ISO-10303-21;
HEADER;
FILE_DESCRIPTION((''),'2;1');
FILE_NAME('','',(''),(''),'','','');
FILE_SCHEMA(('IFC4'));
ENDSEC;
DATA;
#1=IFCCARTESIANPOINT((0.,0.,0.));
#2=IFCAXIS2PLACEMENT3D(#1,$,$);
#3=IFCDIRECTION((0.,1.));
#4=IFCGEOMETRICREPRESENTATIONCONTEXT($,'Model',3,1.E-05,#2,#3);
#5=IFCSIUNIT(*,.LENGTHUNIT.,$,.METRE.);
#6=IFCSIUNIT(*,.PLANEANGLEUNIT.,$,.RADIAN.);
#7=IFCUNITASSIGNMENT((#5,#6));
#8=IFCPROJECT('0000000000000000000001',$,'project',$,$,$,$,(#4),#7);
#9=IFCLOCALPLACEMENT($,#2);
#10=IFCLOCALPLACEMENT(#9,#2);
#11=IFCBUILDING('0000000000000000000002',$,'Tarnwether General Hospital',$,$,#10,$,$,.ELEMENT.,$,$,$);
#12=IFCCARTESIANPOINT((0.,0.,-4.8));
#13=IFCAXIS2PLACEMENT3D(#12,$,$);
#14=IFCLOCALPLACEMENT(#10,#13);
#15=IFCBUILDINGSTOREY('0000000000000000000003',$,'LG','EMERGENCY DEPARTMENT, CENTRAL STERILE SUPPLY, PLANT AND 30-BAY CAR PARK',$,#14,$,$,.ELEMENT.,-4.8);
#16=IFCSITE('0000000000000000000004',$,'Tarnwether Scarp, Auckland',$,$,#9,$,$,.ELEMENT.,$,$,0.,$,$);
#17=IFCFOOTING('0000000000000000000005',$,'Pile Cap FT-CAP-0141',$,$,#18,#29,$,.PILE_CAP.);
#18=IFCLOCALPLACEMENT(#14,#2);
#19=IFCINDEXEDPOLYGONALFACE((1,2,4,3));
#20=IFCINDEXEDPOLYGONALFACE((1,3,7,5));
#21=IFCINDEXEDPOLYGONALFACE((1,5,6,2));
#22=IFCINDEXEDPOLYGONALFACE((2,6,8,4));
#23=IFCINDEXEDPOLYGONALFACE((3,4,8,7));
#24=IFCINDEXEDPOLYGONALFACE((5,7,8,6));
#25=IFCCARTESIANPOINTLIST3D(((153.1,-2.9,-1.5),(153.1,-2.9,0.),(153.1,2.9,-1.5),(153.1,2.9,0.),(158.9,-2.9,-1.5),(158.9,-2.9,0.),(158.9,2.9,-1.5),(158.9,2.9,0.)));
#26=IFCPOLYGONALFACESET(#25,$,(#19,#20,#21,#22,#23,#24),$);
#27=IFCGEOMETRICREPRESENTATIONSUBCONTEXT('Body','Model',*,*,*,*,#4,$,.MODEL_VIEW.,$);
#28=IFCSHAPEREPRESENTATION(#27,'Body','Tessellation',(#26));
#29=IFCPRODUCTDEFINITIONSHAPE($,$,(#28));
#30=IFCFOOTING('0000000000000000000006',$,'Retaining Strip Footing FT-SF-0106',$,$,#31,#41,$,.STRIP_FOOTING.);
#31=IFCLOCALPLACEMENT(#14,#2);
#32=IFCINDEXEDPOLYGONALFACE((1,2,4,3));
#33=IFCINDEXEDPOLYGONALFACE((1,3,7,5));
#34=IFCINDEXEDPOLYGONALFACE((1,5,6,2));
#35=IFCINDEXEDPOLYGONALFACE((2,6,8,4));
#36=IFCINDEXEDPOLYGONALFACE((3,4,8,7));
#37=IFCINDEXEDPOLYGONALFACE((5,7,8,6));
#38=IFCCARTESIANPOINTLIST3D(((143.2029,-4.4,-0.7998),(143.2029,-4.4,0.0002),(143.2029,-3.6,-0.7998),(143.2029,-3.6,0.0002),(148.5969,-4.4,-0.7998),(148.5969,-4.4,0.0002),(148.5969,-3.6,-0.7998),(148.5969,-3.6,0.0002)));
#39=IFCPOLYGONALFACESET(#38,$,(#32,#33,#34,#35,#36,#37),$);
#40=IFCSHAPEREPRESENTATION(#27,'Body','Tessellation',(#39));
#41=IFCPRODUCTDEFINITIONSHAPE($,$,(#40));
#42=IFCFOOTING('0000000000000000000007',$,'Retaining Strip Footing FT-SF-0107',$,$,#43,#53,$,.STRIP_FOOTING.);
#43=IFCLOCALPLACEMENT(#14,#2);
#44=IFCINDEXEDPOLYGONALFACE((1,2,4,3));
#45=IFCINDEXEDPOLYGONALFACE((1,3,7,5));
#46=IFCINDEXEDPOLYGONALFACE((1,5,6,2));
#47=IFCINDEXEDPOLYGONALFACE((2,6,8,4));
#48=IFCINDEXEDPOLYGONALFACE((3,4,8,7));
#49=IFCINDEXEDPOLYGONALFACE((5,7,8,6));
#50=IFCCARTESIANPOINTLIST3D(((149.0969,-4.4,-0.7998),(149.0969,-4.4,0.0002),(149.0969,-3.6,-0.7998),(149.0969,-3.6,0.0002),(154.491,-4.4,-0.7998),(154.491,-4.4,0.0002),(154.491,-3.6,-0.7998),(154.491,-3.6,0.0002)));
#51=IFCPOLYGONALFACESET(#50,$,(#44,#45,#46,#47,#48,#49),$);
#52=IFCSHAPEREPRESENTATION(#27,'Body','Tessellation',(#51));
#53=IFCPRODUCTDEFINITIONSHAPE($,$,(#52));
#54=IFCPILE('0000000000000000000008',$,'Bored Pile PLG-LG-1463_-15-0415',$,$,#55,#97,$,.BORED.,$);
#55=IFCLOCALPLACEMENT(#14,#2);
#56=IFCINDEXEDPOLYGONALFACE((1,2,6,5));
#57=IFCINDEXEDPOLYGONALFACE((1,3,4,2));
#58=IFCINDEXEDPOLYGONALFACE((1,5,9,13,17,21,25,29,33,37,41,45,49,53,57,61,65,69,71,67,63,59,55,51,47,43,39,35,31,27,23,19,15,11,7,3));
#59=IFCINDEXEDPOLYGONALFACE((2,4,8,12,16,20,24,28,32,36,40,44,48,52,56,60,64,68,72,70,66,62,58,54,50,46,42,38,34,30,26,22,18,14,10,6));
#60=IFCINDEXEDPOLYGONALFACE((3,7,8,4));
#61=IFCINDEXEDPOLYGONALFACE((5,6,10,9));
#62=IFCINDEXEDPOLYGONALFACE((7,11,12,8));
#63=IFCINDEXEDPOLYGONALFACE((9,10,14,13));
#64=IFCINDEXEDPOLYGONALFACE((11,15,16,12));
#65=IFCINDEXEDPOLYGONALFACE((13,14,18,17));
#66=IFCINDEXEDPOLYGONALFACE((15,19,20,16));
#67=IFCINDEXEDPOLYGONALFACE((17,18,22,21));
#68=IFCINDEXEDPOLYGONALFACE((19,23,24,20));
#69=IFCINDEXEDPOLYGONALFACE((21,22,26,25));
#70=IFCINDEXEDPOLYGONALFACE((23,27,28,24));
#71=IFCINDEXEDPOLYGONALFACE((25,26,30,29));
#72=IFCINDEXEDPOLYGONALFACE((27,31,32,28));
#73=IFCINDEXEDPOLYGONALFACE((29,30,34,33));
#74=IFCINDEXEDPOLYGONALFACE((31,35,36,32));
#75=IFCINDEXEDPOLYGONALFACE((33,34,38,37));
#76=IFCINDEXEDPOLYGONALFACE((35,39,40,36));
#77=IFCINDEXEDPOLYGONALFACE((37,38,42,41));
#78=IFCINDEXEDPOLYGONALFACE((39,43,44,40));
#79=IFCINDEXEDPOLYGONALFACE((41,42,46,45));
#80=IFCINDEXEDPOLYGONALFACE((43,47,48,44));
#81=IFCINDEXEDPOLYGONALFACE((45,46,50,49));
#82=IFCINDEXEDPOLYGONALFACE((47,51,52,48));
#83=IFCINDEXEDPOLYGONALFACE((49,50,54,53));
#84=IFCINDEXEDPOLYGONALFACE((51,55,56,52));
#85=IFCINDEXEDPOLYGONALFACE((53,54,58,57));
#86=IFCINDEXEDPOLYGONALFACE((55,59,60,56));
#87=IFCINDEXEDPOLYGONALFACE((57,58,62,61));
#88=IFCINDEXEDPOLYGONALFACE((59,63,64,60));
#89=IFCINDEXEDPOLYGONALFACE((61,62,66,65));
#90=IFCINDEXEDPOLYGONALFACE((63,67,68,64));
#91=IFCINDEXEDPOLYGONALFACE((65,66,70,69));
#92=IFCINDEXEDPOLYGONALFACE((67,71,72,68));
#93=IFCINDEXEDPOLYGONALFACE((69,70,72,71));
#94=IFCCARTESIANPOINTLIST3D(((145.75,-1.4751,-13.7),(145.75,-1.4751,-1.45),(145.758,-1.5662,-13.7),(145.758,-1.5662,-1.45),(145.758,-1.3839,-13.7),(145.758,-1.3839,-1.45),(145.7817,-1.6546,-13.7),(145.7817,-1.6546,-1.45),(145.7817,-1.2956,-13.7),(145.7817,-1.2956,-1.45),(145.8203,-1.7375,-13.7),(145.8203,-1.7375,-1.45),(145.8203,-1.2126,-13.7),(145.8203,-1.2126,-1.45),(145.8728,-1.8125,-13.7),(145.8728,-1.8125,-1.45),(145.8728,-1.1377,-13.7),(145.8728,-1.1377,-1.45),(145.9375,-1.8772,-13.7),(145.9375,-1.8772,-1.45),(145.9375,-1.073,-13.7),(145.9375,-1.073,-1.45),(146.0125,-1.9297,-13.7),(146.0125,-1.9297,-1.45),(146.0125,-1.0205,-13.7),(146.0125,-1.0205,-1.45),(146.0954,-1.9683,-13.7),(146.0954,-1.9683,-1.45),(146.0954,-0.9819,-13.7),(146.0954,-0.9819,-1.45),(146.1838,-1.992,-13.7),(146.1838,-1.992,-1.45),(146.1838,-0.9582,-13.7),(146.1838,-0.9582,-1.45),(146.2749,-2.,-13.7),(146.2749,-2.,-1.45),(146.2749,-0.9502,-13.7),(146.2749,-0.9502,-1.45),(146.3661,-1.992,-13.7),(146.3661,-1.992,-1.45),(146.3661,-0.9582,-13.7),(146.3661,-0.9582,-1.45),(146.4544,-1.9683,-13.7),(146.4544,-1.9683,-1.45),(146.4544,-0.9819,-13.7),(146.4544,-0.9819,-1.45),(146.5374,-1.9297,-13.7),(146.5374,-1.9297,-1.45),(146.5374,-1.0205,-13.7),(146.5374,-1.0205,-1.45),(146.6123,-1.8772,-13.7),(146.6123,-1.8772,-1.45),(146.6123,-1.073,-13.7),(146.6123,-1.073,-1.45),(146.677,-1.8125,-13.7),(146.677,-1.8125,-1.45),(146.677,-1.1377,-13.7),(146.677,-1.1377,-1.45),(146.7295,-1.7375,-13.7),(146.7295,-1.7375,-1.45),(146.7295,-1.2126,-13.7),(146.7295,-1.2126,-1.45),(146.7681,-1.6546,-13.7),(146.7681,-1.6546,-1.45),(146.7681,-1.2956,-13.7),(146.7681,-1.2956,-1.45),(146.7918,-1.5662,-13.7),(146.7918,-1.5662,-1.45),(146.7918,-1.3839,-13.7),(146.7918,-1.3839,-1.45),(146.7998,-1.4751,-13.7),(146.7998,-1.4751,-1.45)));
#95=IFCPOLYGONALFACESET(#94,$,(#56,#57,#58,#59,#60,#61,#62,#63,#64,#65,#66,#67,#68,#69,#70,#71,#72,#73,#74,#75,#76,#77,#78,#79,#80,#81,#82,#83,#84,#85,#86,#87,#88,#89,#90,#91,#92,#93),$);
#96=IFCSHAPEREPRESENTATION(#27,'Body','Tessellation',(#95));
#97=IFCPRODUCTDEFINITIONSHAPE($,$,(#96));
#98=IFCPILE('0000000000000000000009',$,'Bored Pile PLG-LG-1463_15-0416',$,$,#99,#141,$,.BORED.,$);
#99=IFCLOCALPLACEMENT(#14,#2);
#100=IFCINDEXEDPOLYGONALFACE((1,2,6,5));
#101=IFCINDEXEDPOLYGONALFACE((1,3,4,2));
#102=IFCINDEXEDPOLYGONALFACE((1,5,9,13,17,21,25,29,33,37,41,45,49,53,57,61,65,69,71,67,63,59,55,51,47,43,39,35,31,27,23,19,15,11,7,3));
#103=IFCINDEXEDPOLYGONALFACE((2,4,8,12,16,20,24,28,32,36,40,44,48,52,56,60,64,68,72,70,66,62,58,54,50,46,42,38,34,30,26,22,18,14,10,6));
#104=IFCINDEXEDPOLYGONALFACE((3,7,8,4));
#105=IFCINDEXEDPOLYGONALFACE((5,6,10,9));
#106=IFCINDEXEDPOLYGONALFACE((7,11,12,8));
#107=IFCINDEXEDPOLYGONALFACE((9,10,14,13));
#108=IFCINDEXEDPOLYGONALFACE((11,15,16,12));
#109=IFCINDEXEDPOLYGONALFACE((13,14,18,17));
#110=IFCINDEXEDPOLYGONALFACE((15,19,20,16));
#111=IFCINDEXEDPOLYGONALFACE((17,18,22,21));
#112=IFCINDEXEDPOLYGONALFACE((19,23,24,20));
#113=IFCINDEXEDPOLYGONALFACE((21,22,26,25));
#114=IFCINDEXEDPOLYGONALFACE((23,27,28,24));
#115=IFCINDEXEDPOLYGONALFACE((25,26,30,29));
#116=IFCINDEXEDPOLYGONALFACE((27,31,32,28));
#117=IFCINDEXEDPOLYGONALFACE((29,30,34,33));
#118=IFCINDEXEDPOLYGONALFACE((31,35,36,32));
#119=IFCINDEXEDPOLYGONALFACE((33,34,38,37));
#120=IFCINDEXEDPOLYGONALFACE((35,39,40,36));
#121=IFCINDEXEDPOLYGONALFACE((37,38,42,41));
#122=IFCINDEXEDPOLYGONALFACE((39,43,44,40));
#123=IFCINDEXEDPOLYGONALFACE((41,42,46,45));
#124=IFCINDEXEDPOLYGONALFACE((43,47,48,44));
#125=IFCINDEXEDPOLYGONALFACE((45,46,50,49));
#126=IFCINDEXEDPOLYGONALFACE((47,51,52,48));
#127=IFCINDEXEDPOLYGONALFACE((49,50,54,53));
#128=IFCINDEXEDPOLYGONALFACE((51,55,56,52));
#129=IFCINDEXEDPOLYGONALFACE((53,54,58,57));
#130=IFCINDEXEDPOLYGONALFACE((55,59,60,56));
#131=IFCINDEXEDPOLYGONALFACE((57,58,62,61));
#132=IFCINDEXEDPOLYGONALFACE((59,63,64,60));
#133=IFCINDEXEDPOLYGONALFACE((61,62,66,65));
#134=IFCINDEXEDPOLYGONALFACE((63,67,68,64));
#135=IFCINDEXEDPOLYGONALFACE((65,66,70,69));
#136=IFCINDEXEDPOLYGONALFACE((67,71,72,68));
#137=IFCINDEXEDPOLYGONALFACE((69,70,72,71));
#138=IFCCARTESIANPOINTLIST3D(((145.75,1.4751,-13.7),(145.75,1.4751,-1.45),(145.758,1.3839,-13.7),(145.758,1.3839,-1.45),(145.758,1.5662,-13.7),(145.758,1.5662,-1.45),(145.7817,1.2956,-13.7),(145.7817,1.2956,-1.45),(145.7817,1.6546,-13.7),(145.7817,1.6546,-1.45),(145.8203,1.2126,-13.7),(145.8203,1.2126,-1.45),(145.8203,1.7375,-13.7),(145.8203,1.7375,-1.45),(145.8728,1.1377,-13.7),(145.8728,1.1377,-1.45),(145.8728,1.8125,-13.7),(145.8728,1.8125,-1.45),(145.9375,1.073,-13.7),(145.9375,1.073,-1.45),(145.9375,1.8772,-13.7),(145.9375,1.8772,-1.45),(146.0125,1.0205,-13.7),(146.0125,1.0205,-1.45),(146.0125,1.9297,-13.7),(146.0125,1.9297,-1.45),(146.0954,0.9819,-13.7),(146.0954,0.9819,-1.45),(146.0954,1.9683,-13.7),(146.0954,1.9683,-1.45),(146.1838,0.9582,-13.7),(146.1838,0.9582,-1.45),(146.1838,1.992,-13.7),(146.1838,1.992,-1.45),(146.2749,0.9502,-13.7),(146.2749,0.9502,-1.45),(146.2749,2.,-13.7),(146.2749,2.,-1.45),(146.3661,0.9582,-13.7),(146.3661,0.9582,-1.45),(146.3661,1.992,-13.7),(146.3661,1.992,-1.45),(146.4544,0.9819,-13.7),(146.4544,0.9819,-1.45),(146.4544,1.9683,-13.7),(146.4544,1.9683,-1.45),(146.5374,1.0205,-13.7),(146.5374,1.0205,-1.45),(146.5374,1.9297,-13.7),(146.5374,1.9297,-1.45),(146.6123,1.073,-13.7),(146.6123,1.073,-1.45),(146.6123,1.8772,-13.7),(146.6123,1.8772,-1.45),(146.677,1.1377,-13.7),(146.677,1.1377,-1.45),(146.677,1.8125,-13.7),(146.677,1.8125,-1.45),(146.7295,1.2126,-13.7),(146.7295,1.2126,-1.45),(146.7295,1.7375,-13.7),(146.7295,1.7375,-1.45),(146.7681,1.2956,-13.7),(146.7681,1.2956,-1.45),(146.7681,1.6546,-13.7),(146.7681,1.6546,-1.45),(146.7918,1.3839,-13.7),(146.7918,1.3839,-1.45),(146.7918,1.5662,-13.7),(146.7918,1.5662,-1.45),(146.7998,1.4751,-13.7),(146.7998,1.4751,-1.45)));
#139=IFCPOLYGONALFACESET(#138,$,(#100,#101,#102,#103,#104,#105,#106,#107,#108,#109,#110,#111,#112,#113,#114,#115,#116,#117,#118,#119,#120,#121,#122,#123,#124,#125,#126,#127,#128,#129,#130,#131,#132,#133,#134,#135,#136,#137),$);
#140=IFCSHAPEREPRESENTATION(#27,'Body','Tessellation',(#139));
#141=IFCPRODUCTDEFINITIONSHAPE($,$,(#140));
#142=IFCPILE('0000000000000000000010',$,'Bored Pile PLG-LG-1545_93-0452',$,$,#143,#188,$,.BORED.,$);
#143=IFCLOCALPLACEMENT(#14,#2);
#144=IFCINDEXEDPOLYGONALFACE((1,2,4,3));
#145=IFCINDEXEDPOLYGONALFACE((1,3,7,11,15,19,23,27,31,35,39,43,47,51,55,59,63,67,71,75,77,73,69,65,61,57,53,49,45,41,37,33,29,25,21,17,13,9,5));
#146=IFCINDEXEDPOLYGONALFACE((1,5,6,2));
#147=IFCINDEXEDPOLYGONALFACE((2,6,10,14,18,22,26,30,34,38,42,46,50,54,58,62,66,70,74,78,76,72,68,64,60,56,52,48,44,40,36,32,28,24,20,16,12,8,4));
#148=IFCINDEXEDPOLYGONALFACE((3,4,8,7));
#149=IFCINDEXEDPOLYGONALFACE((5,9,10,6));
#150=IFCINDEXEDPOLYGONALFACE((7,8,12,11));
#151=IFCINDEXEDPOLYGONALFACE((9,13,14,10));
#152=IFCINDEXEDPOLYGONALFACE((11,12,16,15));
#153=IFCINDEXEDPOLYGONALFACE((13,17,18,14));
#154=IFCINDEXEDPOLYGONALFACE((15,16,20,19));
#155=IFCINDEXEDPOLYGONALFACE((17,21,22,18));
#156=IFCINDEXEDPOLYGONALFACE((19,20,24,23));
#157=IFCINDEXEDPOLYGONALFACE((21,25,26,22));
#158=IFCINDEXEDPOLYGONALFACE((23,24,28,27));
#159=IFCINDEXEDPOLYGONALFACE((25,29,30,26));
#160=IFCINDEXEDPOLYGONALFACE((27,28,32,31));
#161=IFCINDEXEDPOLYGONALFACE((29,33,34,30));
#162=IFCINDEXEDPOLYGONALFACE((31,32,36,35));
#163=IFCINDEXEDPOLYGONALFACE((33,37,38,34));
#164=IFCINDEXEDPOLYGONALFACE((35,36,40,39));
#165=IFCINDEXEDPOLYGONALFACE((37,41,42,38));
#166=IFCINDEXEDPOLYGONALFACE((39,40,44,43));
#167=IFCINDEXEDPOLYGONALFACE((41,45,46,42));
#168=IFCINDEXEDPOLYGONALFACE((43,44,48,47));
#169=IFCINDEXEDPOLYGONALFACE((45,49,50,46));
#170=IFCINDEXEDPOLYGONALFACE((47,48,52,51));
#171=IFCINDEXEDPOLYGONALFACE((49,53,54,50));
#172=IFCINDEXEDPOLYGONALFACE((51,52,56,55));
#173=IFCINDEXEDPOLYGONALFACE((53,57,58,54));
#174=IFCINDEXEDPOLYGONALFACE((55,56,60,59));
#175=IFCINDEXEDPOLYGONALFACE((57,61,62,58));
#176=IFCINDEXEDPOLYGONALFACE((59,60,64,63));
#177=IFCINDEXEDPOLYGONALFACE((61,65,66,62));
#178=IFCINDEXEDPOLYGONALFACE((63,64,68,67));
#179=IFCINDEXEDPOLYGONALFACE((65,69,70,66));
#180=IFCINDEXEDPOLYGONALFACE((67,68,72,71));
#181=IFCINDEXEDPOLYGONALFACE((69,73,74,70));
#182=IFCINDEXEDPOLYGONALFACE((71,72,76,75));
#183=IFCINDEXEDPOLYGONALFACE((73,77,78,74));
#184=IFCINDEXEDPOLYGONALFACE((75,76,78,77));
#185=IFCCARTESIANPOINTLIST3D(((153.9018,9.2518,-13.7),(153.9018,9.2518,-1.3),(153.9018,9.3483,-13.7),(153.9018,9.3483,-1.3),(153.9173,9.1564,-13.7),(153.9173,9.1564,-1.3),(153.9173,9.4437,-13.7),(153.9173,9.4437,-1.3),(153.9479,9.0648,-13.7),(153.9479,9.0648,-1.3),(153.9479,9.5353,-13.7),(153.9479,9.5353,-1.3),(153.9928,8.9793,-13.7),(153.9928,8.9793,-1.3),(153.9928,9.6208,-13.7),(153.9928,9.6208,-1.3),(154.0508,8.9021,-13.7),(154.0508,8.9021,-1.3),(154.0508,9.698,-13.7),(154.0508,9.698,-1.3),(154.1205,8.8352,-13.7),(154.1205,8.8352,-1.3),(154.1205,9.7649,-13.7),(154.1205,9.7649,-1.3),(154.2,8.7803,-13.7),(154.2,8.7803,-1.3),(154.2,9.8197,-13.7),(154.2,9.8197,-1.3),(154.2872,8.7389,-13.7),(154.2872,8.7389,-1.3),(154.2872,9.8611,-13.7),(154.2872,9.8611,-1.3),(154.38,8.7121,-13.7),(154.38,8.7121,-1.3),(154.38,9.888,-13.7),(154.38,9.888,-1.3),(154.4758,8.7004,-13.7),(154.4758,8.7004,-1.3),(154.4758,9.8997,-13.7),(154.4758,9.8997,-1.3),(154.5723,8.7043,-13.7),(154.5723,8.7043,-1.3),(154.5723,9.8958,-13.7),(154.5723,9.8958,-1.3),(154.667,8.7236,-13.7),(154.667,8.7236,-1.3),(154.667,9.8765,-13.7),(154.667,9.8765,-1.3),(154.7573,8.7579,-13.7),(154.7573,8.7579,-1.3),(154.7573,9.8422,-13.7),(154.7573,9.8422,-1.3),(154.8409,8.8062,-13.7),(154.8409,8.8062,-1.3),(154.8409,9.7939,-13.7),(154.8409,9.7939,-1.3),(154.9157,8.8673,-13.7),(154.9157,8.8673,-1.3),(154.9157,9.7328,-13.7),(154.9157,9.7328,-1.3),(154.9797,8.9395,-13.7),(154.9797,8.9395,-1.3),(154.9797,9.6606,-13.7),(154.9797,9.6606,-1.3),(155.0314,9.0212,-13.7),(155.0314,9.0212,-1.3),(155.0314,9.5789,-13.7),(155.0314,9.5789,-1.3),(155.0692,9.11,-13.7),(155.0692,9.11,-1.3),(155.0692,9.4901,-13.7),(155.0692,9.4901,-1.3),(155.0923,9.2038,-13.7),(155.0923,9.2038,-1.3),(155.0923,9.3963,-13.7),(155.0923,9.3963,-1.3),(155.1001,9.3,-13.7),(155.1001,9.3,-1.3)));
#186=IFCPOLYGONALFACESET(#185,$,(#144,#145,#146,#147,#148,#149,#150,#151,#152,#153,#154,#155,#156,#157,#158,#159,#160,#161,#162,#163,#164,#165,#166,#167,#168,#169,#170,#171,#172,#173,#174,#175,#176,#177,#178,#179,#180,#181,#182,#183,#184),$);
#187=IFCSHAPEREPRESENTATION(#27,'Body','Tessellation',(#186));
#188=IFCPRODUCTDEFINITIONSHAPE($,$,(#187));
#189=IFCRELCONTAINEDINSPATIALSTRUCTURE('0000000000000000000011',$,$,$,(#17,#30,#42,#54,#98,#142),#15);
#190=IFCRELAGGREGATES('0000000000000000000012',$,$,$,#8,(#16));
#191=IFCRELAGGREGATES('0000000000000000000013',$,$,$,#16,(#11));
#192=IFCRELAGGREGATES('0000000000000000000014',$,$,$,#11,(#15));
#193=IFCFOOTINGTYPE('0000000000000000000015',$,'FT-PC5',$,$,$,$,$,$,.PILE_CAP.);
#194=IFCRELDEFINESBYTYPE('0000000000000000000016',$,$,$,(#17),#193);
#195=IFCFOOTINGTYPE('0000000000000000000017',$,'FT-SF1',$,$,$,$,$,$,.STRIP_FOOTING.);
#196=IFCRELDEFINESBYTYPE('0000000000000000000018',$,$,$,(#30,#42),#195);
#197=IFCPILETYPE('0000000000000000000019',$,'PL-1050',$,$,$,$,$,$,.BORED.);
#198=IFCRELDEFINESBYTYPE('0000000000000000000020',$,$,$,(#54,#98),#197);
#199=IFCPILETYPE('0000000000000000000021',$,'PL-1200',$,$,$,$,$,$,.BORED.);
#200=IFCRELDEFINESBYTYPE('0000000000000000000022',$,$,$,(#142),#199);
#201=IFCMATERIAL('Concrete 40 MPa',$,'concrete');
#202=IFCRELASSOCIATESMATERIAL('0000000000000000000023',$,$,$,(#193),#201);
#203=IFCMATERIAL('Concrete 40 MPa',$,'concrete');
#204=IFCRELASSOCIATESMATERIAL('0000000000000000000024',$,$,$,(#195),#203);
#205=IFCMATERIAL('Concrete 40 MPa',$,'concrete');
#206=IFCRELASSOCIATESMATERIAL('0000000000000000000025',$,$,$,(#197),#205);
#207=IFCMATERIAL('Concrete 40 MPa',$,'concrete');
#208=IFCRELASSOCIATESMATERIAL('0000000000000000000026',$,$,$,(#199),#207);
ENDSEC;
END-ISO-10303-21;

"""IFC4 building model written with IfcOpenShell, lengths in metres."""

from ifc_helpers import new_model, si_unit, direction, frame, origin, origin_2d, place, context, subcontext, project, spatial, rectangle, circle, extrude, material, material_profile, profile_set, type_object, element, save


model = new_model("IFC4")

# Units and contexts
model_context = context("Model", 3, precision=1e-05, world=origin(), true_north=direction((0.0, 1.0)))
body_context = subcontext(model_context, "Body", "Model", "MODEL_VIEW")
ifc_project = project(units=[si_unit("LENGTHUNIT", "METRE"), si_unit("PLANEANGLEUNIT", "RADIAN")], contexts=[model_context])

# Site, building, storey
site_placement = place(None, origin())
site = spatial("IfcSite", under=ifc_project, at=site_placement, Name="Tarnwether Scarp, Auckland", CompositionType="ELEMENT", RefElevation=0.0)
building_placement = place(site_placement, origin())
building = spatial("IfcBuilding", under=site, at=building_placement, Name="Tarnwether General Hospital", CompositionType="ELEMENT")
storey_placement = place(building_placement, frame((0.0, 0.0, -4.8)))
storey = spatial("IfcBuildingStorey", under=building, at=storey_placement, Name="LG", Description="EMERGENCY DEPARTMENT, CENTRAL STERILE SUPPLY, PLANT AND 30-BAY CAR PARK", CompositionType="ELEMENT", Elevation=-4.8)

# Footings
ifc_material_1 = material(Name="Concrete 40 MPa", Category="concrete")
footing_type_1 = type_object("IfcFootingType", Name="FT-PC5", PredefinedType="PILE_CAP", material=ifc_material_1)
footing_placement = place(storey_placement, frame((156.0, 0.0, -1.5), z_axis=(0.0, 0.0, 1.0), x_axis=(0.0, 1.0, 0.0)))
element("IfcFooting", 1, at=footing_placement, inside=storey, type_object=footing_type_1, Name="Pile Cap FT-CAP-0141", PredefinedType="PILE_CAP", context=body_context, shape_type="SweptSolid", body=[
    extrude(rectangle(XDim=5.8, YDim=5.8, at=origin_2d()), origin(), (0.0, 0.0, 1.0), 1.5),
])
ifc_material_2 = material(Name="Concrete 40 MPa", Category="concrete")
footing_type_2 = type_object("IfcFootingType", Name="FT-SF1", PredefinedType="STRIP_FOOTING", material=ifc_material_2)
for number, where, z_axis, x_axis, name in (
    (2, (145.8999, -4.0, -0.7998), (0.0, 0.0, 1.0), (1.0, 0.0, 0.0), "Retaining Strip Footing FT-SF-0106"),
    (3, (151.7939, -4.0, -0.7998), (0.0, 0.0, 1.0), (1.0, 0.0, 0.0), "Retaining Strip Footing FT-SF-0107"),
):
    element("IfcFooting", number, at=place(storey_placement, frame(where, z_axis=z_axis, x_axis=x_axis)), inside=storey, type_object=footing_type_2, Name=name, PredefinedType="STRIP_FOOTING", context=body_context, shape_type="SweptSolid", body=[
        extrude(rectangle(XDim=5.394, YDim=0.8, at=origin_2d()), origin(), (0.0, 0.0, 1.0), 0.8),
    ])

# Piles
ifc_material_3 = material(Name="Concrete 40 MPa", Category="concrete")
ifc_material_profile_1 = material_profile(ifc_material_3, circle(Radius=0.5249, at=origin_2d()), Name="PILE-D1050")
ifc_profile_set_1 = profile_set([ifc_material_profile_1], Name="Concrete 40 MPa")
pile_type_1 = type_object("IfcPileType", Name="PL-1050", PredefinedType="BORED", material=ifc_profile_set_1)
for number, where, z_axis, x_axis, name in (
    (4, (146.2749, -1.4751, -1.45), (0.0, 0.0, -1.0), (1.0, 0.0, 0.0), "Bored Pile PLG-LG-1463_-15-0415"),
    (5, (146.2749, 1.4751, -1.45), (0.0, 0.0, -1.0), (1.0, 0.0, 0.0), "Bored Pile PLG-LG-1463_15-0416"),
):
    element("IfcPile", number, at=place(storey_placement, frame(where, z_axis=z_axis, x_axis=x_axis)), inside=storey, type_object=pile_type_1, Name=name, PredefinedType="BORED", context=body_context, shape_type="SweptSolid", body=[
        extrude(circle(Radius=0.5249, at=origin_2d()), origin(), (0.0, 0.0, 1.0), 12.25),
    ])
ifc_material_4 = material(Name="Concrete 40 MPa", Category="concrete")
ifc_material_profile_2 = material_profile(ifc_material_4, circle(Radius=0.6001, at=origin_2d()), Name="PILE-D1200")
ifc_profile_set_2 = profile_set([ifc_material_profile_2], Name="Concrete 40 MPa")
pile_type_2 = type_object("IfcPileType", Name="PL-1200", PredefinedType="BORED", material=ifc_profile_set_2)
pile_1_placement = place(storey_placement, frame((154.5, 9.3, -1.3), z_axis=(0.0, 0.0, -1.0), x_axis=(1.0, 0.0, 0.0)))
element("IfcPile", 6, at=pile_1_placement, inside=storey, type_object=pile_type_2, Name="Bored Pile PLG-LG-1545_93-0452", PredefinedType="BORED", context=body_context, shape_type="SweptSolid", body=[
    extrude(circle(Radius=0.6001, at=origin_2d()), origin(), (0.0, 0.0, 1.0), 12.3999),
])

save(model, "model.ifc")
